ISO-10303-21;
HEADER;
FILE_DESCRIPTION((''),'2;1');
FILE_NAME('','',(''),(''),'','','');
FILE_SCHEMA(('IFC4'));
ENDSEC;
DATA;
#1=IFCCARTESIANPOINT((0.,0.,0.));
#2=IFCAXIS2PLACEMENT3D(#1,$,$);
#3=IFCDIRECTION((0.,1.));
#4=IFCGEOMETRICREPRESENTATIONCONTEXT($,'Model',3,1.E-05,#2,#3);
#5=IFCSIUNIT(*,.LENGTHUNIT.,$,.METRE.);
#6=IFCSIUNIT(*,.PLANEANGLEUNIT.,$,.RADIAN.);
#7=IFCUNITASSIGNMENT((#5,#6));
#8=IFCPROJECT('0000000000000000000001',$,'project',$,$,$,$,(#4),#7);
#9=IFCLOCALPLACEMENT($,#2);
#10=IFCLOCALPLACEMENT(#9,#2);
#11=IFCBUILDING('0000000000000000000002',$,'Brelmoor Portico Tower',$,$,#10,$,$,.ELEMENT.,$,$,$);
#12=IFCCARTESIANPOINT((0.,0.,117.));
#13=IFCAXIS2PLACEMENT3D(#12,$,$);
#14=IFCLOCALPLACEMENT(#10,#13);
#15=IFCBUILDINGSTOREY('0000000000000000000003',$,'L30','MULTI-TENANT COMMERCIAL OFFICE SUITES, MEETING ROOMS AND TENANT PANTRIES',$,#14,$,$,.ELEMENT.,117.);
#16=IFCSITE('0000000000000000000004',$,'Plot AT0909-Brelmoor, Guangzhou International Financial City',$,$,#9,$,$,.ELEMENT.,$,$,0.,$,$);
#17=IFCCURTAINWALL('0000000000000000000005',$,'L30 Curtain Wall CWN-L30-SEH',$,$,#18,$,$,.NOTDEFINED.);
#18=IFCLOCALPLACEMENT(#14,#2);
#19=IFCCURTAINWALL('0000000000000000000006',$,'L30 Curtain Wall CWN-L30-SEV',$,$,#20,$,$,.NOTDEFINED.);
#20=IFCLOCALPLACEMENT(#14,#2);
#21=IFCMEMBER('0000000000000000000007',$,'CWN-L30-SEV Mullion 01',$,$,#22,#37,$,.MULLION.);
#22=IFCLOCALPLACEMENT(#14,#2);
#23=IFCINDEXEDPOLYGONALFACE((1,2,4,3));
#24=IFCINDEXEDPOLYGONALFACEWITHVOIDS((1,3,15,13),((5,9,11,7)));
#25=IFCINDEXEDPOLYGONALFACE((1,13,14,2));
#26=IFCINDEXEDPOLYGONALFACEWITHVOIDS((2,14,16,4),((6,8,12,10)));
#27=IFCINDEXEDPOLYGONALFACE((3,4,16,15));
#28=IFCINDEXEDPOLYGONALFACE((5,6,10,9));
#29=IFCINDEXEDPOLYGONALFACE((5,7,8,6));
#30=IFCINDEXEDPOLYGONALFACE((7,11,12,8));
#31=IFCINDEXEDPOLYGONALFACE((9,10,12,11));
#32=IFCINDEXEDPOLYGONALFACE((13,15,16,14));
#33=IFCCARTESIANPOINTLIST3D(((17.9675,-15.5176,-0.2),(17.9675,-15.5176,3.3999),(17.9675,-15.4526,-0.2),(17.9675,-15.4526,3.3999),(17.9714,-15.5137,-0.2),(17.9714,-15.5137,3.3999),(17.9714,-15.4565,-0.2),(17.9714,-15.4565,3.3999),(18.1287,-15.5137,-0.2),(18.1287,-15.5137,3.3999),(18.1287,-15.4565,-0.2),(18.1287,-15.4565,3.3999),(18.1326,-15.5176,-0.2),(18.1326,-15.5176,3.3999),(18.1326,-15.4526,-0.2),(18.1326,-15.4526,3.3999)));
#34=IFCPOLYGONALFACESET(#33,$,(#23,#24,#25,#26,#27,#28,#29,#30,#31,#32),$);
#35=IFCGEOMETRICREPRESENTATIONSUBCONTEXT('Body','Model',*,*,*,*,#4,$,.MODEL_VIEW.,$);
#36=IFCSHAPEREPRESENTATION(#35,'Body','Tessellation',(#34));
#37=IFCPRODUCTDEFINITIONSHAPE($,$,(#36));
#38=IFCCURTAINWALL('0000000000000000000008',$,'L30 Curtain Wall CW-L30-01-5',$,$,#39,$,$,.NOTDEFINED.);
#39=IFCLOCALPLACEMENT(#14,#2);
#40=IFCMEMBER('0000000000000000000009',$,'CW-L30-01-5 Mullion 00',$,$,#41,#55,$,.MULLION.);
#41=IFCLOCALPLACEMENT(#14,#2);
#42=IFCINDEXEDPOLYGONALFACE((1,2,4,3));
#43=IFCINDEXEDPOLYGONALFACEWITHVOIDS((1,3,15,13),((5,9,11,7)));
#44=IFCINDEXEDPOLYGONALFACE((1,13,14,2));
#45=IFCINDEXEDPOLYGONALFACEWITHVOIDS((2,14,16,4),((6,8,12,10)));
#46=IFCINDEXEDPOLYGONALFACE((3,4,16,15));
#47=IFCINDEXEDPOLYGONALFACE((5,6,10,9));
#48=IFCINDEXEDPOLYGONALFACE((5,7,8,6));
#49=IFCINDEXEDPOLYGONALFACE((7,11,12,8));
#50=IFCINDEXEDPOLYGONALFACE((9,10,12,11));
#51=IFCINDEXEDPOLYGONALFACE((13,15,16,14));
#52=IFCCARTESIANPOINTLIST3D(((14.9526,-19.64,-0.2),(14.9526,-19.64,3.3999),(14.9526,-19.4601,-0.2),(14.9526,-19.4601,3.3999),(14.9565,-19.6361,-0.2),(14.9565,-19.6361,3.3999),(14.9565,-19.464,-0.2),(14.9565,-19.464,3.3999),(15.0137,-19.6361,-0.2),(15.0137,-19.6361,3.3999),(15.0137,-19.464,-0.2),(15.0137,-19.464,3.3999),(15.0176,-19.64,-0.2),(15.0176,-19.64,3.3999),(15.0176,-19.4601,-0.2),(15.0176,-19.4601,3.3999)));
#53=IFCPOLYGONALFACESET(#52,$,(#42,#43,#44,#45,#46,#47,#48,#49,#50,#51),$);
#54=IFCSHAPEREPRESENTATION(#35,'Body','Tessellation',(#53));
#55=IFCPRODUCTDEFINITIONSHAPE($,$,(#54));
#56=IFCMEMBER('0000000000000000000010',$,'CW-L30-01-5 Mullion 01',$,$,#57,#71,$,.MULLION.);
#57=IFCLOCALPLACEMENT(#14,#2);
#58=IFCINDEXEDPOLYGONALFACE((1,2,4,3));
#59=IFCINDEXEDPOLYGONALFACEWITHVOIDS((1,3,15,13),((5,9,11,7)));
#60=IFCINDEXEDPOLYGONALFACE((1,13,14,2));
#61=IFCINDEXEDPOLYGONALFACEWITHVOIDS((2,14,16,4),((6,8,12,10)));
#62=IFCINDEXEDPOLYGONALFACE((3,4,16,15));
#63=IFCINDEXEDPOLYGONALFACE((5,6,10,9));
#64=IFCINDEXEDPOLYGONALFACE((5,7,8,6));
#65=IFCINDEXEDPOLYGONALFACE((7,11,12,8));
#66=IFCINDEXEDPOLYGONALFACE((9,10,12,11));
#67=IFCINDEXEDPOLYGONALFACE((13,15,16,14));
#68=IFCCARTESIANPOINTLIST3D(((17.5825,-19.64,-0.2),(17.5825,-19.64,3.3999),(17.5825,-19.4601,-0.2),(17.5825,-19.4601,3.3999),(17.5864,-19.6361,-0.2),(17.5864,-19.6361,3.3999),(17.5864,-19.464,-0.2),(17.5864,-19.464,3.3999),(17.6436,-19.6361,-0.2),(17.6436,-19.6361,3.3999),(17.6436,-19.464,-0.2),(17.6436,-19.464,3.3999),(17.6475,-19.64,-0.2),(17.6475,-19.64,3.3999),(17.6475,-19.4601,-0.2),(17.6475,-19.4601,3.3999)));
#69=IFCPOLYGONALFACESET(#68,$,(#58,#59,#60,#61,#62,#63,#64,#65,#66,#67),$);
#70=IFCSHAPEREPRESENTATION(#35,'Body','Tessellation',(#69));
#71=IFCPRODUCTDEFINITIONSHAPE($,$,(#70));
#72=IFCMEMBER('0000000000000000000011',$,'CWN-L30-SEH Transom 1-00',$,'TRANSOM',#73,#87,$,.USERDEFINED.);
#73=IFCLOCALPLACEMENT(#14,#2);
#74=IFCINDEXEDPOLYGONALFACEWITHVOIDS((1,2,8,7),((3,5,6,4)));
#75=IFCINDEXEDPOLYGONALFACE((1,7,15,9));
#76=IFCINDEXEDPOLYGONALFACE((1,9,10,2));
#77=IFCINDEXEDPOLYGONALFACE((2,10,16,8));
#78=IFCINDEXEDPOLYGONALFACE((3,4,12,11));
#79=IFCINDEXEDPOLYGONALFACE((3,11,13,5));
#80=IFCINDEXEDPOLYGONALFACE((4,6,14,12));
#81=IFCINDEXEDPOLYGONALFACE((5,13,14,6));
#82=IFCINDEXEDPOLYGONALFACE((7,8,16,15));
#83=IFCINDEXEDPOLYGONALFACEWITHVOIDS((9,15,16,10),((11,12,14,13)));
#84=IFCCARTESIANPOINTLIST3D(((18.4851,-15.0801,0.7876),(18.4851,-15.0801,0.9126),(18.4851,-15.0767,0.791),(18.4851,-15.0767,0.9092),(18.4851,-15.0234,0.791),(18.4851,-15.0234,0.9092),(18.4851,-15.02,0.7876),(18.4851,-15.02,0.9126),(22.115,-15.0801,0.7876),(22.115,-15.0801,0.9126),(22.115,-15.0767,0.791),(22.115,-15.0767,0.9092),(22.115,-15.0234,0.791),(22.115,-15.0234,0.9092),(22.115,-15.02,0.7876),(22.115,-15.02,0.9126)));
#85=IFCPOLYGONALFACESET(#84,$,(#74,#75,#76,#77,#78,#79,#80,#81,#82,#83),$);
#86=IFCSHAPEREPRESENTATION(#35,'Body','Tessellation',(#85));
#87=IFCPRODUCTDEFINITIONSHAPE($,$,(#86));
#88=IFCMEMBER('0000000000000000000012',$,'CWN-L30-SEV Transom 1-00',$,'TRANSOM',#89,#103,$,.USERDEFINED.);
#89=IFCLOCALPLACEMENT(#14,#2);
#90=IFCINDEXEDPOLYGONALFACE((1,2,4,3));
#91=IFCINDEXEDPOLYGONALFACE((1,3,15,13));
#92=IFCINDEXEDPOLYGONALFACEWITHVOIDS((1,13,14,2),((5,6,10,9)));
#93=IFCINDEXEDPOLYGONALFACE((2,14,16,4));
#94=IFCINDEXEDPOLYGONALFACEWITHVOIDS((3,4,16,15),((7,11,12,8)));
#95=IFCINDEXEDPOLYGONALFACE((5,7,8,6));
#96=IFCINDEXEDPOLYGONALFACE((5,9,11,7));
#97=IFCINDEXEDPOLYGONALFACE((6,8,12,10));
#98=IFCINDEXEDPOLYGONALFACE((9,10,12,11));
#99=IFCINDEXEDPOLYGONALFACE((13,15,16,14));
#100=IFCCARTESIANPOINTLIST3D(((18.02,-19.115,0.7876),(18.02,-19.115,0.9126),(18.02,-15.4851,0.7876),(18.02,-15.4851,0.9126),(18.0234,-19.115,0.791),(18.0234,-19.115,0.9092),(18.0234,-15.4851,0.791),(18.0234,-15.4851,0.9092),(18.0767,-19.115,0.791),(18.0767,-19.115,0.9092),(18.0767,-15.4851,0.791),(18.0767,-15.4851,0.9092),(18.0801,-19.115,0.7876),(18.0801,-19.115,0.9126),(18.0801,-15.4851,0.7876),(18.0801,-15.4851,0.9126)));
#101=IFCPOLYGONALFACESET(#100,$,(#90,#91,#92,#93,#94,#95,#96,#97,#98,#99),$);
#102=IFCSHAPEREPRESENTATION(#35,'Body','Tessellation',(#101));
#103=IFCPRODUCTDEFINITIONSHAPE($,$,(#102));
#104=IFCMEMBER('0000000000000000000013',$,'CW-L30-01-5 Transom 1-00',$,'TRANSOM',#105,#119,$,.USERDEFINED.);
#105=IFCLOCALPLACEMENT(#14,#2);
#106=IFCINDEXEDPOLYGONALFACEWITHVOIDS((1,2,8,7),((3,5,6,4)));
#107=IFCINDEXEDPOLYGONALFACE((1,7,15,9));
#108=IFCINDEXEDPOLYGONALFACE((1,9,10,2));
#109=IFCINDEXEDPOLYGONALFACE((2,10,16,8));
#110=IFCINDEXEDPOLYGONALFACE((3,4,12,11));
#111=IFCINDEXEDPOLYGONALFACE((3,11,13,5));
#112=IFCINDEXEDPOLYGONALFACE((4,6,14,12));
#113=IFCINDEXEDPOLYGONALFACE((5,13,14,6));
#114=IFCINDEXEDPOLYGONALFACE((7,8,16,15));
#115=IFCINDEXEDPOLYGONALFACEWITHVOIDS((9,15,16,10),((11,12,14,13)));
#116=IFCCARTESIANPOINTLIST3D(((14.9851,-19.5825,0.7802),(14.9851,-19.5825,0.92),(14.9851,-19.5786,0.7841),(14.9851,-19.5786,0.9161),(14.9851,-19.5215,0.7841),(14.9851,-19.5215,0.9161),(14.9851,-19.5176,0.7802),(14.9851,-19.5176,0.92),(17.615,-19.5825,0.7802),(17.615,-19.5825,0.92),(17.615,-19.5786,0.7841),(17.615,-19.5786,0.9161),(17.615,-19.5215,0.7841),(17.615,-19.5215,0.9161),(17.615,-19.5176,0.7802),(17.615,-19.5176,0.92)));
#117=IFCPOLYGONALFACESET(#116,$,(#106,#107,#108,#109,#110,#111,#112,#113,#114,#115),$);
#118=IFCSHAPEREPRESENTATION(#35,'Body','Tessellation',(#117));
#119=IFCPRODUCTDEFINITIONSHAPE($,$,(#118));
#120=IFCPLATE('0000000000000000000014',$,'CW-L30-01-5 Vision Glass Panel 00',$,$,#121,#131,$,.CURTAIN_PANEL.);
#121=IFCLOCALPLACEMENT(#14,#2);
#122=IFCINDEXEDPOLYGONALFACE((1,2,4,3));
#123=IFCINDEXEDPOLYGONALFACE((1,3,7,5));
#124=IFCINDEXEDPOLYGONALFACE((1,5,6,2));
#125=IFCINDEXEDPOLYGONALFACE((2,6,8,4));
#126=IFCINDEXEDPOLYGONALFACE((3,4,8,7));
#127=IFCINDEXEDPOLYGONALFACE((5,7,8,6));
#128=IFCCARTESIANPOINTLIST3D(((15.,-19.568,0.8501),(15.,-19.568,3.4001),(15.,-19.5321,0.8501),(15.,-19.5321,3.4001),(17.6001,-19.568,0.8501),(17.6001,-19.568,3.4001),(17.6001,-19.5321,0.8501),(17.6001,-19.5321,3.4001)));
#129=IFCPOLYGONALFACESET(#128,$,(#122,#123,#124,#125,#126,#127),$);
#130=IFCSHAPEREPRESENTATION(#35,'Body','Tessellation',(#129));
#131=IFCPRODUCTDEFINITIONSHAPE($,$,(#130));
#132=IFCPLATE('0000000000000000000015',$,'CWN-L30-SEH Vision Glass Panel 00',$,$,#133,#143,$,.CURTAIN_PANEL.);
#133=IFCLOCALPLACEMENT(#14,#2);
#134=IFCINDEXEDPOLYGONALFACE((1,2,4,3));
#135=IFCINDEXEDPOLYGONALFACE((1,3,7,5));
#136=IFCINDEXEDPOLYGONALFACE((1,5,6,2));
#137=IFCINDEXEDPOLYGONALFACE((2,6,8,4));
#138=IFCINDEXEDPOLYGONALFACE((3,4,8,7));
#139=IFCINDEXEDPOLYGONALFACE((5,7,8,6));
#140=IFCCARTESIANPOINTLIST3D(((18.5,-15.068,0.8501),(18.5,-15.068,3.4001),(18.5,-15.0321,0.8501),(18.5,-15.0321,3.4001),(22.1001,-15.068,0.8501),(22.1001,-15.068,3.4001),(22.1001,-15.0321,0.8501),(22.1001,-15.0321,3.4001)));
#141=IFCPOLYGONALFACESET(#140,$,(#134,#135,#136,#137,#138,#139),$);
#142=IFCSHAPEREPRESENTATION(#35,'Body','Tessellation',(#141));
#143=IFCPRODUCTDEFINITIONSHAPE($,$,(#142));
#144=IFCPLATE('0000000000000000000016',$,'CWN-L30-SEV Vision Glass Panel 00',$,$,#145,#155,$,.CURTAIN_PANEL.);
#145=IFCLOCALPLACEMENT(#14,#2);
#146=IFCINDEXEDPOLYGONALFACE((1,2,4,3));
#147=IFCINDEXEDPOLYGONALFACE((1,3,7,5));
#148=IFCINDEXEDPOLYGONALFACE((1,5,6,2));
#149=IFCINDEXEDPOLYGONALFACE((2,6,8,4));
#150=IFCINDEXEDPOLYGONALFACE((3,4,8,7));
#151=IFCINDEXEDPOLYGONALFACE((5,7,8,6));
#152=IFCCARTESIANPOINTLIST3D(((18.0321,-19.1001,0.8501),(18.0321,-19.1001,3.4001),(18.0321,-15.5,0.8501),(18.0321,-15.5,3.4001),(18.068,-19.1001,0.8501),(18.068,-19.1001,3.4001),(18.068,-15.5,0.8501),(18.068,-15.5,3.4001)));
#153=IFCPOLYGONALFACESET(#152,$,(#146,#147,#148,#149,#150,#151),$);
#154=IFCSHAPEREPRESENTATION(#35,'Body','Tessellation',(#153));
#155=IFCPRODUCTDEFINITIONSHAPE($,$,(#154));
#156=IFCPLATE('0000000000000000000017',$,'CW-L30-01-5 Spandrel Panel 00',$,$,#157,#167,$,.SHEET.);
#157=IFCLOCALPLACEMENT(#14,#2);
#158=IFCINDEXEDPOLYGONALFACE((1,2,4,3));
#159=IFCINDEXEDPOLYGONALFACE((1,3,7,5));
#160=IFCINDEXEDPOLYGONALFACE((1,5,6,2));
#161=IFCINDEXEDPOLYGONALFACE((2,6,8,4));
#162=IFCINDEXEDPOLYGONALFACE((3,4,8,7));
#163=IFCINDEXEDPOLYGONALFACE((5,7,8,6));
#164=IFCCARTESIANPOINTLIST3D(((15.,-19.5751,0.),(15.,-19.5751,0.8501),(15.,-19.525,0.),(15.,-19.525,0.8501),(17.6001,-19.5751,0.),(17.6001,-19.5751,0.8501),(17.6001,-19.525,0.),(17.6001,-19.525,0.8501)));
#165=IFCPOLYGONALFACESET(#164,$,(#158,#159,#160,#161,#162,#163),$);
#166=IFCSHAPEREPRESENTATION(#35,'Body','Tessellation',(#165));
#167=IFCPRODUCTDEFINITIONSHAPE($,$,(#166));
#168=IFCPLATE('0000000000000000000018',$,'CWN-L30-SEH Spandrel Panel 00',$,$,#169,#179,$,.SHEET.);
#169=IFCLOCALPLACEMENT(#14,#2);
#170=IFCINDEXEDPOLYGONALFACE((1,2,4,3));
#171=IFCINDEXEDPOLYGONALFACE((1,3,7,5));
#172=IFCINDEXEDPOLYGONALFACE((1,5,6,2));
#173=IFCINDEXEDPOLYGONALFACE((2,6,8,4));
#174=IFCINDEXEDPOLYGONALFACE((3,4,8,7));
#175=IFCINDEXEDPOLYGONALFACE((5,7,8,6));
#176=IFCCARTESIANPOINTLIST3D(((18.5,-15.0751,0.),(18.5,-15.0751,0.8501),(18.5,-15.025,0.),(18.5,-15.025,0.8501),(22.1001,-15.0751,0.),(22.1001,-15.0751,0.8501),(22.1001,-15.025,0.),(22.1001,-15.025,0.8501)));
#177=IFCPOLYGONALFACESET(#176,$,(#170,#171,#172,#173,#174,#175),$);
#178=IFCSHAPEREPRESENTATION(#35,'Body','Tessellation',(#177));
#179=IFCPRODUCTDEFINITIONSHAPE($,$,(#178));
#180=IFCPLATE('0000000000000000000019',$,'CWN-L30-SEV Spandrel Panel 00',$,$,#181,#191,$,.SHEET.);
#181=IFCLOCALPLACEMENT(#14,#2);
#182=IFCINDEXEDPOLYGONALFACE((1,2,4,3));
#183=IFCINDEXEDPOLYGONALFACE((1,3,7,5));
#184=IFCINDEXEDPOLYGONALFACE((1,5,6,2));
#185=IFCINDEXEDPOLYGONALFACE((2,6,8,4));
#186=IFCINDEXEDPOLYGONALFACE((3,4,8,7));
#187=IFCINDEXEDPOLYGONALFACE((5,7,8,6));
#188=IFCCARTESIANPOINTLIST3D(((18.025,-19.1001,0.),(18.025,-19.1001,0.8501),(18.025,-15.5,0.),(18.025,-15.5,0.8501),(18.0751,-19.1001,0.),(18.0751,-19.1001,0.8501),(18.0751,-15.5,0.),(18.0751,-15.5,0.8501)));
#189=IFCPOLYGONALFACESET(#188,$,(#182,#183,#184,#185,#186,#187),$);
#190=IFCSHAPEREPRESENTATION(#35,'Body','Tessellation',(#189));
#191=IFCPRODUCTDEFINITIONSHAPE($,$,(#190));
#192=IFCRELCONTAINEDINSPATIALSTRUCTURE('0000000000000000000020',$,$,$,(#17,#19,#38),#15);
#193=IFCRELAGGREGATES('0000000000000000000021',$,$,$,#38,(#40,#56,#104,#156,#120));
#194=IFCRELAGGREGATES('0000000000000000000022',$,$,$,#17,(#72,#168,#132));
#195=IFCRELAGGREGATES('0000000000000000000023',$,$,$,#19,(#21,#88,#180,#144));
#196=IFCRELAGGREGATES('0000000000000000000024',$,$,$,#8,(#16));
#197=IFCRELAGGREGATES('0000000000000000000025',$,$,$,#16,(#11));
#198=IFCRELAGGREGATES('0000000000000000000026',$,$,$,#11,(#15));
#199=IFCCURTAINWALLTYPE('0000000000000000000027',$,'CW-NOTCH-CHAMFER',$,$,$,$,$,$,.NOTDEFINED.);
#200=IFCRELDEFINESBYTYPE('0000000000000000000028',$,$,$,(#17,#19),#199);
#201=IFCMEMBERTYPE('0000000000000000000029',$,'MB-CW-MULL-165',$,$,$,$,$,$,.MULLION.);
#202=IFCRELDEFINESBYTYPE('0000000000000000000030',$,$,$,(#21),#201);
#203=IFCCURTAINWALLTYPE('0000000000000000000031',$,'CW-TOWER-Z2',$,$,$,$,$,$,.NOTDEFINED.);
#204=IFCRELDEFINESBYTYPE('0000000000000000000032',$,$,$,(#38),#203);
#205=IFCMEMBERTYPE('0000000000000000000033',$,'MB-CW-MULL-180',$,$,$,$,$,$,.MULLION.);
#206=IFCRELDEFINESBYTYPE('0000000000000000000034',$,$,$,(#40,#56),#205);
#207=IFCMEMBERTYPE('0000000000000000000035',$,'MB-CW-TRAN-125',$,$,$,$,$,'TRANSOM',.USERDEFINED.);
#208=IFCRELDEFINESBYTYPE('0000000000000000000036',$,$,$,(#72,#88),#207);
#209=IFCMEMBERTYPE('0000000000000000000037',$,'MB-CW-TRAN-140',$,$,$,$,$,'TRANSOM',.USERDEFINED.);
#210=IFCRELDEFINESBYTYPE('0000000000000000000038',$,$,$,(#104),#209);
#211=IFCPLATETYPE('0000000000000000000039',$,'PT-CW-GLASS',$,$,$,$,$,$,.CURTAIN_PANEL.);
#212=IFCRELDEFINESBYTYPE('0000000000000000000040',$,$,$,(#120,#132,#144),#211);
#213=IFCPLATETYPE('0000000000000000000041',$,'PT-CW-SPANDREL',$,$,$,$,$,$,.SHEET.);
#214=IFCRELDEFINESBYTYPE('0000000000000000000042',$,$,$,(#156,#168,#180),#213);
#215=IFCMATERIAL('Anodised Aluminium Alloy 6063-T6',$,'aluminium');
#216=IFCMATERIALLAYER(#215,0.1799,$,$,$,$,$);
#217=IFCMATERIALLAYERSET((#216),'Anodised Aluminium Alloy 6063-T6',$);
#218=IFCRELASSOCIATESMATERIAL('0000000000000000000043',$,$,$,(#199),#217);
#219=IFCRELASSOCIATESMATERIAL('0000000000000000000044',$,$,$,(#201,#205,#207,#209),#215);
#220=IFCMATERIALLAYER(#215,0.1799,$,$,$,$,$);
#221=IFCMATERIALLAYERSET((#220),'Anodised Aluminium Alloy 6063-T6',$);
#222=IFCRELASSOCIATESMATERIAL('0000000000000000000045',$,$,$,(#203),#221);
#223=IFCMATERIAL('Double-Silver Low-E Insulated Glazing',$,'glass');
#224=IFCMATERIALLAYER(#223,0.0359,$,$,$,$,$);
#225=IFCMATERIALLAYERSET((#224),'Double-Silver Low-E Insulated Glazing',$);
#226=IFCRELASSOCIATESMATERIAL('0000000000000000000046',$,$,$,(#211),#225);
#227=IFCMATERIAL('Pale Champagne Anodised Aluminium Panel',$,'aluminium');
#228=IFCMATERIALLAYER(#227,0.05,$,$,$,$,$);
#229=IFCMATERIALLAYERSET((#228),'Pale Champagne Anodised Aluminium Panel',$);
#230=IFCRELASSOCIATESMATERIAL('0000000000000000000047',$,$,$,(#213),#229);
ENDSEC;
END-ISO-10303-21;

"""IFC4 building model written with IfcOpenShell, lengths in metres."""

from ifc_helpers import new_model, si_unit, direction, frame, origin, origin_2d, place, context, subcontext, project, spatial, rectangle, hollow_rectangle, extrude, material, layer, layer_set, material_profile, profile_set, type_object, element, aggregate, save


model = new_model("IFC4")

# Units and contexts
model_context = context("Model", 3, precision=1e-05, world=origin(), true_north=direction((0.0, 1.0)))
body_context = subcontext(model_context, "Body", "Model", "MODEL_VIEW")
ifc_project = project(units=[si_unit("LENGTHUNIT", "METRE"), si_unit("PLANEANGLEUNIT", "RADIAN")], contexts=[model_context])

# Site, building, storey
site_placement = place(None, origin())
site = spatial("IfcSite", under=ifc_project, at=site_placement, Name="Plot AT0909-Brelmoor, Guangzhou International Financial City", CompositionType="ELEMENT", RefElevation=0.0)
building_placement = place(site_placement, origin())
building = spatial("IfcBuilding", under=site, at=building_placement, Name="Brelmoor Portico Tower", CompositionType="ELEMENT")
storey_placement = place(building_placement, frame((0.0, 0.0, 117.0)))
storey = spatial("IfcBuildingStorey", under=building, at=storey_placement, Name="L30", Description="MULTI-TENANT COMMERCIAL OFFICE SUITES, MEETING ROOMS AND TENANT PANTRIES", CompositionType="ELEMENT", Elevation=117.0)

# Curtain walls, members
ifc_material_1 = material(Name="Anodised Aluminium Alloy 6063-T6", Category="aluminium")
ifc_layer_1 = layer(ifc_material_1, 0.1799)
ifc_layer_set_1 = layer_set([ifc_layer_1], Name="Anodised Aluminium Alloy 6063-T6")
curtain_wall_type_1 = type_object("IfcCurtainWallType", Name="CW-NOTCH-CHAMFER", PredefinedType="NOTDEFINED", material=ifc_layer_set_1)
curtain_wall_1_placement = place(storey_placement, origin())
curtain_wall_1 = element("IfcCurtainWall", 1, at=curtain_wall_1_placement, inside=storey, type_object=curtain_wall_type_1, Name="L30 Curtain Wall CWN-L30-SEH", PredefinedType="NOTDEFINED")
ifc_material_profile_1 = material_profile(ifc_material_1, hollow_rectangle(XDim=0.0649, YDim=0.165, WallThickness=0.0039, at=origin_2d()), Name="ALU MULLION 65x165")
ifc_profile_set_1 = profile_set([ifc_material_profile_1], Name="Anodised Aluminium Alloy 6063-T6")
member_type_1 = type_object("IfcMemberType", Name="MB-CW-MULL-165", PredefinedType="MULLION", material=ifc_profile_set_1)
curtain_wall_2_placement = place(storey_placement, origin())
curtain_wall_2 = element("IfcCurtainWall", 2, at=curtain_wall_2_placement, inside=storey, type_object=curtain_wall_type_1, Name="L30 Curtain Wall CWN-L30-SEV", PredefinedType="NOTDEFINED")
member_1_placement = place(storey_placement, frame((18.05, -15.4851, -0.2), z_axis=(0.0, 0.0, 1.0), x_axis=(0.0, 1.0, 0.0)))
member_1 = element("IfcMember", 3, at=member_1_placement, type_object=member_type_1, Name="CWN-L30-SEV Mullion 01", PredefinedType="MULLION", context=body_context, shape_type="SweptSolid", body=[
    extrude(hollow_rectangle(XDim=0.0649, YDim=0.165, WallThickness=0.0039, at=origin_2d()), origin(), (0.0, 0.0, 1.0), 3.5999),
])
ifc_layer_2 = layer(ifc_material_1, 0.1799)
ifc_layer_set_2 = layer_set([ifc_layer_2], Name="Anodised Aluminium Alloy 6063-T6")
curtain_wall_type_2 = type_object("IfcCurtainWallType", Name="CW-TOWER-Z2", PredefinedType="NOTDEFINED", material=ifc_layer_set_2)
curtain_wall_3_placement = place(storey_placement, origin())
curtain_wall_3 = element("IfcCurtainWall", 4, at=curtain_wall_3_placement, inside=storey, type_object=curtain_wall_type_2, Name="L30 Curtain Wall CW-L30-01-5", PredefinedType="NOTDEFINED")
ifc_material_profile_2 = material_profile(ifc_material_1, hollow_rectangle(XDim=0.0649, YDim=0.1799, WallThickness=0.0039, at=origin_2d()), Name="ALU MULLION 65x180")
ifc_profile_set_2 = profile_set([ifc_material_profile_2], Name="Anodised Aluminium Alloy 6063-T6")
member_type_2 = type_object("IfcMemberType", Name="MB-CW-MULL-180", PredefinedType="MULLION", material=ifc_profile_set_2)
member_2_placement = place(storey_placement, frame((14.9851, -19.55, -0.2), z_axis=(0.0, 0.0, 1.0), x_axis=(1.0, 0.0, 0.0)))
member_2 = element("IfcMember", 5, at=member_2_placement, type_object=member_type_2, Name="CW-L30-01-5 Mullion 00", PredefinedType="MULLION", context=body_context, shape_type="SweptSolid", body=[
    extrude(hollow_rectangle(XDim=0.0649, YDim=0.1799, WallThickness=0.0039, at=origin_2d()), origin(), (0.0, 0.0, 1.0), 3.5999),
])
member_3_placement = place(storey_placement, frame((17.615, -19.55, -0.2), z_axis=(0.0, 0.0, 1.0), x_axis=(1.0, 0.0, 0.0)))
member_3 = element("IfcMember", 6, at=member_3_placement, type_object=member_type_2, Name="CW-L30-01-5 Mullion 01", PredefinedType="MULLION", context=body_context, shape_type="SweptSolid", body=[
    extrude(hollow_rectangle(XDim=0.0649, YDim=0.1799, WallThickness=0.0039, at=origin_2d()), origin(), (0.0, 0.0, 1.0), 3.5999),
])

# Members
ifc_material_profile_3 = material_profile(ifc_material_1, hollow_rectangle(XDim=0.0601, YDim=0.125, WallThickness=0.0034, at=origin_2d()), Name="ALU TRANSOM 60x125")
ifc_profile_set_3 = profile_set([ifc_material_profile_3], Name="Anodised Aluminium Alloy 6063-T6")
member_type_3 = type_object("IfcMemberType", Name="MB-CW-TRAN-125", ElementType="TRANSOM", PredefinedType="USERDEFINED", material=ifc_profile_set_3)
member_4_placement = place(storey_placement, frame((18.4851, -15.05, 0.8501), z_axis=(1.0, 0.0, 0.0), x_axis=(0.0, 1.0, 0.0)))
member_4 = element("IfcMember", 7, at=member_4_placement, type_object=member_type_3, Name="CWN-L30-SEH Transom 1-00", ObjectType="TRANSOM", PredefinedType="USERDEFINED", context=body_context, shape_type="SweptSolid", body=[
    extrude(hollow_rectangle(XDim=0.0601, YDim=0.125, WallThickness=0.0034, at=origin_2d()), origin(), (0.0, 0.0, 1.0), 3.6299),
])
member_5_placement = place(storey_placement, frame((18.05, -19.115, 0.8501), z_axis=(0.0, 1.0, 0.0), x_axis=(-1.0, 0.0, 0.0)))
member_5 = element("IfcMember", 8, at=member_5_placement, type_object=member_type_3, Name="CWN-L30-SEV Transom 1-00", ObjectType="TRANSOM", PredefinedType="USERDEFINED", context=body_context, shape_type="SweptSolid", body=[
    extrude(hollow_rectangle(XDim=0.0601, YDim=0.125, WallThickness=0.0034, at=origin_2d()), origin(), (0.0, 0.0, 1.0), 3.6299),
])
ifc_material_profile_4 = material_profile(ifc_material_1, hollow_rectangle(XDim=0.0649, YDim=0.1399, WallThickness=0.0039, at=origin_2d()), Name="ALU TRANSOM 65x140")
ifc_profile_set_4 = profile_set([ifc_material_profile_4], Name="Anodised Aluminium Alloy 6063-T6")
member_type_4 = type_object("IfcMemberType", Name="MB-CW-TRAN-140", ElementType="TRANSOM", PredefinedType="USERDEFINED", material=ifc_profile_set_4)
member_6_placement = place(storey_placement, frame((14.9851, -19.55, 0.8501), z_axis=(1.0, 0.0, 0.0), x_axis=(0.0, 1.0, 0.0)))
member_6 = element("IfcMember", 9, at=member_6_placement, type_object=member_type_4, Name="CW-L30-01-5 Transom 1-00", ObjectType="TRANSOM", PredefinedType="USERDEFINED", context=body_context, shape_type="SweptSolid", body=[
    extrude(hollow_rectangle(XDim=0.0649, YDim=0.1399, WallThickness=0.0039, at=origin_2d()), origin(), (0.0, 0.0, 1.0), 2.6299),
])

# Plates
ifc_material_2 = material(Name="Double-Silver Low-E Insulated Glazing", Category="glass")
ifc_layer_3 = layer(ifc_material_2, 0.0359)
ifc_layer_set_3 = layer_set([ifc_layer_3], Name="Double-Silver Low-E Insulated Glazing")
plate_type_1 = type_object("IfcPlateType", Name="PT-CW-GLASS", PredefinedType="CURTAIN_PANEL", material=ifc_layer_set_3)
plate_1_placement = place(storey_placement, frame((16.3, -19.55, 0.8501), z_axis=(0.0, 0.0, 1.0), x_axis=(1.0, 0.0, 0.0)))
plate_1 = element("IfcPlate", 10, at=plate_1_placement, type_object=plate_type_1, Name="CW-L30-01-5 Vision Glass Panel 00", PredefinedType="CURTAIN_PANEL", context=body_context, shape_type="SweptSolid", body=[
    extrude(rectangle(XDim=2.6001, YDim=0.0359, at=origin_2d()), origin(), (0.0, 0.0, 1.0), 2.55),
])
plate_2_placement = place(storey_placement, frame((20.3, -15.05, 0.8501), z_axis=(0.0, 0.0, 1.0), x_axis=(1.0, 0.0, 0.0)))
plate_2 = element("IfcPlate", 11, at=plate_2_placement, type_object=plate_type_1, Name="CWN-L30-SEH Vision Glass Panel 00", PredefinedType="CURTAIN_PANEL", context=body_context, shape_type="SweptSolid", body=[
    extrude(rectangle(XDim=3.6001, YDim=0.0359, at=origin_2d()), origin(), (0.0, 0.0, 1.0), 2.55),
])
plate_3_placement = place(storey_placement, frame((18.05, -17.3, 0.8501), z_axis=(0.0, 0.0, 1.0), x_axis=(0.0, 1.0, 0.0)))
plate_3 = element("IfcPlate", 12, at=plate_3_placement, type_object=plate_type_1, Name="CWN-L30-SEV Vision Glass Panel 00", PredefinedType="CURTAIN_PANEL", context=body_context, shape_type="SweptSolid", body=[
    extrude(rectangle(XDim=3.6001, YDim=0.0359, at=origin_2d()), origin(), (0.0, 0.0, 1.0), 2.55),
])
ifc_material_3 = material(Name="Pale Champagne Anodised Aluminium Panel", Category="aluminium")
ifc_layer_4 = layer(ifc_material_3, 0.05)
ifc_layer_set_4 = layer_set([ifc_layer_4], Name="Pale Champagne Anodised Aluminium Panel")
plate_type_2 = type_object("IfcPlateType", Name="PT-CW-SPANDREL", PredefinedType="SHEET", material=ifc_layer_set_4)
plate_4_placement = place(storey_placement, frame((16.3, -19.55, 0.0), z_axis=(0.0, 0.0, 1.0), x_axis=(1.0, 0.0, 0.0)))
plate_4 = element("IfcPlate", 13, at=plate_4_placement, type_object=plate_type_2, Name="CW-L30-01-5 Spandrel Panel 00", PredefinedType="SHEET", context=body_context, shape_type="SweptSolid", body=[
    extrude(rectangle(XDim=2.6001, YDim=0.05, at=origin_2d()), origin(), (0.0, 0.0, 1.0), 0.8501),
])
aggregate(curtain_wall_3, [member_2, member_3, member_6, plate_4, plate_1])
plate_5_placement = place(storey_placement, frame((20.3, -15.05, 0.0), z_axis=(0.0, 0.0, 1.0), x_axis=(1.0, 0.0, 0.0)))
plate_5 = element("IfcPlate", 14, at=plate_5_placement, type_object=plate_type_2, Name="CWN-L30-SEH Spandrel Panel 00", PredefinedType="SHEET", context=body_context, shape_type="SweptSolid", body=[
    extrude(rectangle(XDim=3.6001, YDim=0.05, at=origin_2d()), origin(), (0.0, 0.0, 1.0), 0.8501),
])
aggregate(curtain_wall_1, [member_4, plate_5, plate_2])
plate_6_placement = place(storey_placement, frame((18.05, -17.3, 0.0), z_axis=(0.0, 0.0, 1.0), x_axis=(0.0, 1.0, 0.0)))
plate_6 = element("IfcPlate", 15, at=plate_6_placement, type_object=plate_type_2, Name="CWN-L30-SEV Spandrel Panel 00", PredefinedType="SHEET", context=body_context, shape_type="SweptSolid", body=[
    extrude(rectangle(XDim=3.6001, YDim=0.05, at=origin_2d()), origin(), (0.0, 0.0, 1.0), 0.8501),
])
aggregate(curtain_wall_2, [member_1, member_5, plate_6, plate_3])

save(model, "model.ifc")
